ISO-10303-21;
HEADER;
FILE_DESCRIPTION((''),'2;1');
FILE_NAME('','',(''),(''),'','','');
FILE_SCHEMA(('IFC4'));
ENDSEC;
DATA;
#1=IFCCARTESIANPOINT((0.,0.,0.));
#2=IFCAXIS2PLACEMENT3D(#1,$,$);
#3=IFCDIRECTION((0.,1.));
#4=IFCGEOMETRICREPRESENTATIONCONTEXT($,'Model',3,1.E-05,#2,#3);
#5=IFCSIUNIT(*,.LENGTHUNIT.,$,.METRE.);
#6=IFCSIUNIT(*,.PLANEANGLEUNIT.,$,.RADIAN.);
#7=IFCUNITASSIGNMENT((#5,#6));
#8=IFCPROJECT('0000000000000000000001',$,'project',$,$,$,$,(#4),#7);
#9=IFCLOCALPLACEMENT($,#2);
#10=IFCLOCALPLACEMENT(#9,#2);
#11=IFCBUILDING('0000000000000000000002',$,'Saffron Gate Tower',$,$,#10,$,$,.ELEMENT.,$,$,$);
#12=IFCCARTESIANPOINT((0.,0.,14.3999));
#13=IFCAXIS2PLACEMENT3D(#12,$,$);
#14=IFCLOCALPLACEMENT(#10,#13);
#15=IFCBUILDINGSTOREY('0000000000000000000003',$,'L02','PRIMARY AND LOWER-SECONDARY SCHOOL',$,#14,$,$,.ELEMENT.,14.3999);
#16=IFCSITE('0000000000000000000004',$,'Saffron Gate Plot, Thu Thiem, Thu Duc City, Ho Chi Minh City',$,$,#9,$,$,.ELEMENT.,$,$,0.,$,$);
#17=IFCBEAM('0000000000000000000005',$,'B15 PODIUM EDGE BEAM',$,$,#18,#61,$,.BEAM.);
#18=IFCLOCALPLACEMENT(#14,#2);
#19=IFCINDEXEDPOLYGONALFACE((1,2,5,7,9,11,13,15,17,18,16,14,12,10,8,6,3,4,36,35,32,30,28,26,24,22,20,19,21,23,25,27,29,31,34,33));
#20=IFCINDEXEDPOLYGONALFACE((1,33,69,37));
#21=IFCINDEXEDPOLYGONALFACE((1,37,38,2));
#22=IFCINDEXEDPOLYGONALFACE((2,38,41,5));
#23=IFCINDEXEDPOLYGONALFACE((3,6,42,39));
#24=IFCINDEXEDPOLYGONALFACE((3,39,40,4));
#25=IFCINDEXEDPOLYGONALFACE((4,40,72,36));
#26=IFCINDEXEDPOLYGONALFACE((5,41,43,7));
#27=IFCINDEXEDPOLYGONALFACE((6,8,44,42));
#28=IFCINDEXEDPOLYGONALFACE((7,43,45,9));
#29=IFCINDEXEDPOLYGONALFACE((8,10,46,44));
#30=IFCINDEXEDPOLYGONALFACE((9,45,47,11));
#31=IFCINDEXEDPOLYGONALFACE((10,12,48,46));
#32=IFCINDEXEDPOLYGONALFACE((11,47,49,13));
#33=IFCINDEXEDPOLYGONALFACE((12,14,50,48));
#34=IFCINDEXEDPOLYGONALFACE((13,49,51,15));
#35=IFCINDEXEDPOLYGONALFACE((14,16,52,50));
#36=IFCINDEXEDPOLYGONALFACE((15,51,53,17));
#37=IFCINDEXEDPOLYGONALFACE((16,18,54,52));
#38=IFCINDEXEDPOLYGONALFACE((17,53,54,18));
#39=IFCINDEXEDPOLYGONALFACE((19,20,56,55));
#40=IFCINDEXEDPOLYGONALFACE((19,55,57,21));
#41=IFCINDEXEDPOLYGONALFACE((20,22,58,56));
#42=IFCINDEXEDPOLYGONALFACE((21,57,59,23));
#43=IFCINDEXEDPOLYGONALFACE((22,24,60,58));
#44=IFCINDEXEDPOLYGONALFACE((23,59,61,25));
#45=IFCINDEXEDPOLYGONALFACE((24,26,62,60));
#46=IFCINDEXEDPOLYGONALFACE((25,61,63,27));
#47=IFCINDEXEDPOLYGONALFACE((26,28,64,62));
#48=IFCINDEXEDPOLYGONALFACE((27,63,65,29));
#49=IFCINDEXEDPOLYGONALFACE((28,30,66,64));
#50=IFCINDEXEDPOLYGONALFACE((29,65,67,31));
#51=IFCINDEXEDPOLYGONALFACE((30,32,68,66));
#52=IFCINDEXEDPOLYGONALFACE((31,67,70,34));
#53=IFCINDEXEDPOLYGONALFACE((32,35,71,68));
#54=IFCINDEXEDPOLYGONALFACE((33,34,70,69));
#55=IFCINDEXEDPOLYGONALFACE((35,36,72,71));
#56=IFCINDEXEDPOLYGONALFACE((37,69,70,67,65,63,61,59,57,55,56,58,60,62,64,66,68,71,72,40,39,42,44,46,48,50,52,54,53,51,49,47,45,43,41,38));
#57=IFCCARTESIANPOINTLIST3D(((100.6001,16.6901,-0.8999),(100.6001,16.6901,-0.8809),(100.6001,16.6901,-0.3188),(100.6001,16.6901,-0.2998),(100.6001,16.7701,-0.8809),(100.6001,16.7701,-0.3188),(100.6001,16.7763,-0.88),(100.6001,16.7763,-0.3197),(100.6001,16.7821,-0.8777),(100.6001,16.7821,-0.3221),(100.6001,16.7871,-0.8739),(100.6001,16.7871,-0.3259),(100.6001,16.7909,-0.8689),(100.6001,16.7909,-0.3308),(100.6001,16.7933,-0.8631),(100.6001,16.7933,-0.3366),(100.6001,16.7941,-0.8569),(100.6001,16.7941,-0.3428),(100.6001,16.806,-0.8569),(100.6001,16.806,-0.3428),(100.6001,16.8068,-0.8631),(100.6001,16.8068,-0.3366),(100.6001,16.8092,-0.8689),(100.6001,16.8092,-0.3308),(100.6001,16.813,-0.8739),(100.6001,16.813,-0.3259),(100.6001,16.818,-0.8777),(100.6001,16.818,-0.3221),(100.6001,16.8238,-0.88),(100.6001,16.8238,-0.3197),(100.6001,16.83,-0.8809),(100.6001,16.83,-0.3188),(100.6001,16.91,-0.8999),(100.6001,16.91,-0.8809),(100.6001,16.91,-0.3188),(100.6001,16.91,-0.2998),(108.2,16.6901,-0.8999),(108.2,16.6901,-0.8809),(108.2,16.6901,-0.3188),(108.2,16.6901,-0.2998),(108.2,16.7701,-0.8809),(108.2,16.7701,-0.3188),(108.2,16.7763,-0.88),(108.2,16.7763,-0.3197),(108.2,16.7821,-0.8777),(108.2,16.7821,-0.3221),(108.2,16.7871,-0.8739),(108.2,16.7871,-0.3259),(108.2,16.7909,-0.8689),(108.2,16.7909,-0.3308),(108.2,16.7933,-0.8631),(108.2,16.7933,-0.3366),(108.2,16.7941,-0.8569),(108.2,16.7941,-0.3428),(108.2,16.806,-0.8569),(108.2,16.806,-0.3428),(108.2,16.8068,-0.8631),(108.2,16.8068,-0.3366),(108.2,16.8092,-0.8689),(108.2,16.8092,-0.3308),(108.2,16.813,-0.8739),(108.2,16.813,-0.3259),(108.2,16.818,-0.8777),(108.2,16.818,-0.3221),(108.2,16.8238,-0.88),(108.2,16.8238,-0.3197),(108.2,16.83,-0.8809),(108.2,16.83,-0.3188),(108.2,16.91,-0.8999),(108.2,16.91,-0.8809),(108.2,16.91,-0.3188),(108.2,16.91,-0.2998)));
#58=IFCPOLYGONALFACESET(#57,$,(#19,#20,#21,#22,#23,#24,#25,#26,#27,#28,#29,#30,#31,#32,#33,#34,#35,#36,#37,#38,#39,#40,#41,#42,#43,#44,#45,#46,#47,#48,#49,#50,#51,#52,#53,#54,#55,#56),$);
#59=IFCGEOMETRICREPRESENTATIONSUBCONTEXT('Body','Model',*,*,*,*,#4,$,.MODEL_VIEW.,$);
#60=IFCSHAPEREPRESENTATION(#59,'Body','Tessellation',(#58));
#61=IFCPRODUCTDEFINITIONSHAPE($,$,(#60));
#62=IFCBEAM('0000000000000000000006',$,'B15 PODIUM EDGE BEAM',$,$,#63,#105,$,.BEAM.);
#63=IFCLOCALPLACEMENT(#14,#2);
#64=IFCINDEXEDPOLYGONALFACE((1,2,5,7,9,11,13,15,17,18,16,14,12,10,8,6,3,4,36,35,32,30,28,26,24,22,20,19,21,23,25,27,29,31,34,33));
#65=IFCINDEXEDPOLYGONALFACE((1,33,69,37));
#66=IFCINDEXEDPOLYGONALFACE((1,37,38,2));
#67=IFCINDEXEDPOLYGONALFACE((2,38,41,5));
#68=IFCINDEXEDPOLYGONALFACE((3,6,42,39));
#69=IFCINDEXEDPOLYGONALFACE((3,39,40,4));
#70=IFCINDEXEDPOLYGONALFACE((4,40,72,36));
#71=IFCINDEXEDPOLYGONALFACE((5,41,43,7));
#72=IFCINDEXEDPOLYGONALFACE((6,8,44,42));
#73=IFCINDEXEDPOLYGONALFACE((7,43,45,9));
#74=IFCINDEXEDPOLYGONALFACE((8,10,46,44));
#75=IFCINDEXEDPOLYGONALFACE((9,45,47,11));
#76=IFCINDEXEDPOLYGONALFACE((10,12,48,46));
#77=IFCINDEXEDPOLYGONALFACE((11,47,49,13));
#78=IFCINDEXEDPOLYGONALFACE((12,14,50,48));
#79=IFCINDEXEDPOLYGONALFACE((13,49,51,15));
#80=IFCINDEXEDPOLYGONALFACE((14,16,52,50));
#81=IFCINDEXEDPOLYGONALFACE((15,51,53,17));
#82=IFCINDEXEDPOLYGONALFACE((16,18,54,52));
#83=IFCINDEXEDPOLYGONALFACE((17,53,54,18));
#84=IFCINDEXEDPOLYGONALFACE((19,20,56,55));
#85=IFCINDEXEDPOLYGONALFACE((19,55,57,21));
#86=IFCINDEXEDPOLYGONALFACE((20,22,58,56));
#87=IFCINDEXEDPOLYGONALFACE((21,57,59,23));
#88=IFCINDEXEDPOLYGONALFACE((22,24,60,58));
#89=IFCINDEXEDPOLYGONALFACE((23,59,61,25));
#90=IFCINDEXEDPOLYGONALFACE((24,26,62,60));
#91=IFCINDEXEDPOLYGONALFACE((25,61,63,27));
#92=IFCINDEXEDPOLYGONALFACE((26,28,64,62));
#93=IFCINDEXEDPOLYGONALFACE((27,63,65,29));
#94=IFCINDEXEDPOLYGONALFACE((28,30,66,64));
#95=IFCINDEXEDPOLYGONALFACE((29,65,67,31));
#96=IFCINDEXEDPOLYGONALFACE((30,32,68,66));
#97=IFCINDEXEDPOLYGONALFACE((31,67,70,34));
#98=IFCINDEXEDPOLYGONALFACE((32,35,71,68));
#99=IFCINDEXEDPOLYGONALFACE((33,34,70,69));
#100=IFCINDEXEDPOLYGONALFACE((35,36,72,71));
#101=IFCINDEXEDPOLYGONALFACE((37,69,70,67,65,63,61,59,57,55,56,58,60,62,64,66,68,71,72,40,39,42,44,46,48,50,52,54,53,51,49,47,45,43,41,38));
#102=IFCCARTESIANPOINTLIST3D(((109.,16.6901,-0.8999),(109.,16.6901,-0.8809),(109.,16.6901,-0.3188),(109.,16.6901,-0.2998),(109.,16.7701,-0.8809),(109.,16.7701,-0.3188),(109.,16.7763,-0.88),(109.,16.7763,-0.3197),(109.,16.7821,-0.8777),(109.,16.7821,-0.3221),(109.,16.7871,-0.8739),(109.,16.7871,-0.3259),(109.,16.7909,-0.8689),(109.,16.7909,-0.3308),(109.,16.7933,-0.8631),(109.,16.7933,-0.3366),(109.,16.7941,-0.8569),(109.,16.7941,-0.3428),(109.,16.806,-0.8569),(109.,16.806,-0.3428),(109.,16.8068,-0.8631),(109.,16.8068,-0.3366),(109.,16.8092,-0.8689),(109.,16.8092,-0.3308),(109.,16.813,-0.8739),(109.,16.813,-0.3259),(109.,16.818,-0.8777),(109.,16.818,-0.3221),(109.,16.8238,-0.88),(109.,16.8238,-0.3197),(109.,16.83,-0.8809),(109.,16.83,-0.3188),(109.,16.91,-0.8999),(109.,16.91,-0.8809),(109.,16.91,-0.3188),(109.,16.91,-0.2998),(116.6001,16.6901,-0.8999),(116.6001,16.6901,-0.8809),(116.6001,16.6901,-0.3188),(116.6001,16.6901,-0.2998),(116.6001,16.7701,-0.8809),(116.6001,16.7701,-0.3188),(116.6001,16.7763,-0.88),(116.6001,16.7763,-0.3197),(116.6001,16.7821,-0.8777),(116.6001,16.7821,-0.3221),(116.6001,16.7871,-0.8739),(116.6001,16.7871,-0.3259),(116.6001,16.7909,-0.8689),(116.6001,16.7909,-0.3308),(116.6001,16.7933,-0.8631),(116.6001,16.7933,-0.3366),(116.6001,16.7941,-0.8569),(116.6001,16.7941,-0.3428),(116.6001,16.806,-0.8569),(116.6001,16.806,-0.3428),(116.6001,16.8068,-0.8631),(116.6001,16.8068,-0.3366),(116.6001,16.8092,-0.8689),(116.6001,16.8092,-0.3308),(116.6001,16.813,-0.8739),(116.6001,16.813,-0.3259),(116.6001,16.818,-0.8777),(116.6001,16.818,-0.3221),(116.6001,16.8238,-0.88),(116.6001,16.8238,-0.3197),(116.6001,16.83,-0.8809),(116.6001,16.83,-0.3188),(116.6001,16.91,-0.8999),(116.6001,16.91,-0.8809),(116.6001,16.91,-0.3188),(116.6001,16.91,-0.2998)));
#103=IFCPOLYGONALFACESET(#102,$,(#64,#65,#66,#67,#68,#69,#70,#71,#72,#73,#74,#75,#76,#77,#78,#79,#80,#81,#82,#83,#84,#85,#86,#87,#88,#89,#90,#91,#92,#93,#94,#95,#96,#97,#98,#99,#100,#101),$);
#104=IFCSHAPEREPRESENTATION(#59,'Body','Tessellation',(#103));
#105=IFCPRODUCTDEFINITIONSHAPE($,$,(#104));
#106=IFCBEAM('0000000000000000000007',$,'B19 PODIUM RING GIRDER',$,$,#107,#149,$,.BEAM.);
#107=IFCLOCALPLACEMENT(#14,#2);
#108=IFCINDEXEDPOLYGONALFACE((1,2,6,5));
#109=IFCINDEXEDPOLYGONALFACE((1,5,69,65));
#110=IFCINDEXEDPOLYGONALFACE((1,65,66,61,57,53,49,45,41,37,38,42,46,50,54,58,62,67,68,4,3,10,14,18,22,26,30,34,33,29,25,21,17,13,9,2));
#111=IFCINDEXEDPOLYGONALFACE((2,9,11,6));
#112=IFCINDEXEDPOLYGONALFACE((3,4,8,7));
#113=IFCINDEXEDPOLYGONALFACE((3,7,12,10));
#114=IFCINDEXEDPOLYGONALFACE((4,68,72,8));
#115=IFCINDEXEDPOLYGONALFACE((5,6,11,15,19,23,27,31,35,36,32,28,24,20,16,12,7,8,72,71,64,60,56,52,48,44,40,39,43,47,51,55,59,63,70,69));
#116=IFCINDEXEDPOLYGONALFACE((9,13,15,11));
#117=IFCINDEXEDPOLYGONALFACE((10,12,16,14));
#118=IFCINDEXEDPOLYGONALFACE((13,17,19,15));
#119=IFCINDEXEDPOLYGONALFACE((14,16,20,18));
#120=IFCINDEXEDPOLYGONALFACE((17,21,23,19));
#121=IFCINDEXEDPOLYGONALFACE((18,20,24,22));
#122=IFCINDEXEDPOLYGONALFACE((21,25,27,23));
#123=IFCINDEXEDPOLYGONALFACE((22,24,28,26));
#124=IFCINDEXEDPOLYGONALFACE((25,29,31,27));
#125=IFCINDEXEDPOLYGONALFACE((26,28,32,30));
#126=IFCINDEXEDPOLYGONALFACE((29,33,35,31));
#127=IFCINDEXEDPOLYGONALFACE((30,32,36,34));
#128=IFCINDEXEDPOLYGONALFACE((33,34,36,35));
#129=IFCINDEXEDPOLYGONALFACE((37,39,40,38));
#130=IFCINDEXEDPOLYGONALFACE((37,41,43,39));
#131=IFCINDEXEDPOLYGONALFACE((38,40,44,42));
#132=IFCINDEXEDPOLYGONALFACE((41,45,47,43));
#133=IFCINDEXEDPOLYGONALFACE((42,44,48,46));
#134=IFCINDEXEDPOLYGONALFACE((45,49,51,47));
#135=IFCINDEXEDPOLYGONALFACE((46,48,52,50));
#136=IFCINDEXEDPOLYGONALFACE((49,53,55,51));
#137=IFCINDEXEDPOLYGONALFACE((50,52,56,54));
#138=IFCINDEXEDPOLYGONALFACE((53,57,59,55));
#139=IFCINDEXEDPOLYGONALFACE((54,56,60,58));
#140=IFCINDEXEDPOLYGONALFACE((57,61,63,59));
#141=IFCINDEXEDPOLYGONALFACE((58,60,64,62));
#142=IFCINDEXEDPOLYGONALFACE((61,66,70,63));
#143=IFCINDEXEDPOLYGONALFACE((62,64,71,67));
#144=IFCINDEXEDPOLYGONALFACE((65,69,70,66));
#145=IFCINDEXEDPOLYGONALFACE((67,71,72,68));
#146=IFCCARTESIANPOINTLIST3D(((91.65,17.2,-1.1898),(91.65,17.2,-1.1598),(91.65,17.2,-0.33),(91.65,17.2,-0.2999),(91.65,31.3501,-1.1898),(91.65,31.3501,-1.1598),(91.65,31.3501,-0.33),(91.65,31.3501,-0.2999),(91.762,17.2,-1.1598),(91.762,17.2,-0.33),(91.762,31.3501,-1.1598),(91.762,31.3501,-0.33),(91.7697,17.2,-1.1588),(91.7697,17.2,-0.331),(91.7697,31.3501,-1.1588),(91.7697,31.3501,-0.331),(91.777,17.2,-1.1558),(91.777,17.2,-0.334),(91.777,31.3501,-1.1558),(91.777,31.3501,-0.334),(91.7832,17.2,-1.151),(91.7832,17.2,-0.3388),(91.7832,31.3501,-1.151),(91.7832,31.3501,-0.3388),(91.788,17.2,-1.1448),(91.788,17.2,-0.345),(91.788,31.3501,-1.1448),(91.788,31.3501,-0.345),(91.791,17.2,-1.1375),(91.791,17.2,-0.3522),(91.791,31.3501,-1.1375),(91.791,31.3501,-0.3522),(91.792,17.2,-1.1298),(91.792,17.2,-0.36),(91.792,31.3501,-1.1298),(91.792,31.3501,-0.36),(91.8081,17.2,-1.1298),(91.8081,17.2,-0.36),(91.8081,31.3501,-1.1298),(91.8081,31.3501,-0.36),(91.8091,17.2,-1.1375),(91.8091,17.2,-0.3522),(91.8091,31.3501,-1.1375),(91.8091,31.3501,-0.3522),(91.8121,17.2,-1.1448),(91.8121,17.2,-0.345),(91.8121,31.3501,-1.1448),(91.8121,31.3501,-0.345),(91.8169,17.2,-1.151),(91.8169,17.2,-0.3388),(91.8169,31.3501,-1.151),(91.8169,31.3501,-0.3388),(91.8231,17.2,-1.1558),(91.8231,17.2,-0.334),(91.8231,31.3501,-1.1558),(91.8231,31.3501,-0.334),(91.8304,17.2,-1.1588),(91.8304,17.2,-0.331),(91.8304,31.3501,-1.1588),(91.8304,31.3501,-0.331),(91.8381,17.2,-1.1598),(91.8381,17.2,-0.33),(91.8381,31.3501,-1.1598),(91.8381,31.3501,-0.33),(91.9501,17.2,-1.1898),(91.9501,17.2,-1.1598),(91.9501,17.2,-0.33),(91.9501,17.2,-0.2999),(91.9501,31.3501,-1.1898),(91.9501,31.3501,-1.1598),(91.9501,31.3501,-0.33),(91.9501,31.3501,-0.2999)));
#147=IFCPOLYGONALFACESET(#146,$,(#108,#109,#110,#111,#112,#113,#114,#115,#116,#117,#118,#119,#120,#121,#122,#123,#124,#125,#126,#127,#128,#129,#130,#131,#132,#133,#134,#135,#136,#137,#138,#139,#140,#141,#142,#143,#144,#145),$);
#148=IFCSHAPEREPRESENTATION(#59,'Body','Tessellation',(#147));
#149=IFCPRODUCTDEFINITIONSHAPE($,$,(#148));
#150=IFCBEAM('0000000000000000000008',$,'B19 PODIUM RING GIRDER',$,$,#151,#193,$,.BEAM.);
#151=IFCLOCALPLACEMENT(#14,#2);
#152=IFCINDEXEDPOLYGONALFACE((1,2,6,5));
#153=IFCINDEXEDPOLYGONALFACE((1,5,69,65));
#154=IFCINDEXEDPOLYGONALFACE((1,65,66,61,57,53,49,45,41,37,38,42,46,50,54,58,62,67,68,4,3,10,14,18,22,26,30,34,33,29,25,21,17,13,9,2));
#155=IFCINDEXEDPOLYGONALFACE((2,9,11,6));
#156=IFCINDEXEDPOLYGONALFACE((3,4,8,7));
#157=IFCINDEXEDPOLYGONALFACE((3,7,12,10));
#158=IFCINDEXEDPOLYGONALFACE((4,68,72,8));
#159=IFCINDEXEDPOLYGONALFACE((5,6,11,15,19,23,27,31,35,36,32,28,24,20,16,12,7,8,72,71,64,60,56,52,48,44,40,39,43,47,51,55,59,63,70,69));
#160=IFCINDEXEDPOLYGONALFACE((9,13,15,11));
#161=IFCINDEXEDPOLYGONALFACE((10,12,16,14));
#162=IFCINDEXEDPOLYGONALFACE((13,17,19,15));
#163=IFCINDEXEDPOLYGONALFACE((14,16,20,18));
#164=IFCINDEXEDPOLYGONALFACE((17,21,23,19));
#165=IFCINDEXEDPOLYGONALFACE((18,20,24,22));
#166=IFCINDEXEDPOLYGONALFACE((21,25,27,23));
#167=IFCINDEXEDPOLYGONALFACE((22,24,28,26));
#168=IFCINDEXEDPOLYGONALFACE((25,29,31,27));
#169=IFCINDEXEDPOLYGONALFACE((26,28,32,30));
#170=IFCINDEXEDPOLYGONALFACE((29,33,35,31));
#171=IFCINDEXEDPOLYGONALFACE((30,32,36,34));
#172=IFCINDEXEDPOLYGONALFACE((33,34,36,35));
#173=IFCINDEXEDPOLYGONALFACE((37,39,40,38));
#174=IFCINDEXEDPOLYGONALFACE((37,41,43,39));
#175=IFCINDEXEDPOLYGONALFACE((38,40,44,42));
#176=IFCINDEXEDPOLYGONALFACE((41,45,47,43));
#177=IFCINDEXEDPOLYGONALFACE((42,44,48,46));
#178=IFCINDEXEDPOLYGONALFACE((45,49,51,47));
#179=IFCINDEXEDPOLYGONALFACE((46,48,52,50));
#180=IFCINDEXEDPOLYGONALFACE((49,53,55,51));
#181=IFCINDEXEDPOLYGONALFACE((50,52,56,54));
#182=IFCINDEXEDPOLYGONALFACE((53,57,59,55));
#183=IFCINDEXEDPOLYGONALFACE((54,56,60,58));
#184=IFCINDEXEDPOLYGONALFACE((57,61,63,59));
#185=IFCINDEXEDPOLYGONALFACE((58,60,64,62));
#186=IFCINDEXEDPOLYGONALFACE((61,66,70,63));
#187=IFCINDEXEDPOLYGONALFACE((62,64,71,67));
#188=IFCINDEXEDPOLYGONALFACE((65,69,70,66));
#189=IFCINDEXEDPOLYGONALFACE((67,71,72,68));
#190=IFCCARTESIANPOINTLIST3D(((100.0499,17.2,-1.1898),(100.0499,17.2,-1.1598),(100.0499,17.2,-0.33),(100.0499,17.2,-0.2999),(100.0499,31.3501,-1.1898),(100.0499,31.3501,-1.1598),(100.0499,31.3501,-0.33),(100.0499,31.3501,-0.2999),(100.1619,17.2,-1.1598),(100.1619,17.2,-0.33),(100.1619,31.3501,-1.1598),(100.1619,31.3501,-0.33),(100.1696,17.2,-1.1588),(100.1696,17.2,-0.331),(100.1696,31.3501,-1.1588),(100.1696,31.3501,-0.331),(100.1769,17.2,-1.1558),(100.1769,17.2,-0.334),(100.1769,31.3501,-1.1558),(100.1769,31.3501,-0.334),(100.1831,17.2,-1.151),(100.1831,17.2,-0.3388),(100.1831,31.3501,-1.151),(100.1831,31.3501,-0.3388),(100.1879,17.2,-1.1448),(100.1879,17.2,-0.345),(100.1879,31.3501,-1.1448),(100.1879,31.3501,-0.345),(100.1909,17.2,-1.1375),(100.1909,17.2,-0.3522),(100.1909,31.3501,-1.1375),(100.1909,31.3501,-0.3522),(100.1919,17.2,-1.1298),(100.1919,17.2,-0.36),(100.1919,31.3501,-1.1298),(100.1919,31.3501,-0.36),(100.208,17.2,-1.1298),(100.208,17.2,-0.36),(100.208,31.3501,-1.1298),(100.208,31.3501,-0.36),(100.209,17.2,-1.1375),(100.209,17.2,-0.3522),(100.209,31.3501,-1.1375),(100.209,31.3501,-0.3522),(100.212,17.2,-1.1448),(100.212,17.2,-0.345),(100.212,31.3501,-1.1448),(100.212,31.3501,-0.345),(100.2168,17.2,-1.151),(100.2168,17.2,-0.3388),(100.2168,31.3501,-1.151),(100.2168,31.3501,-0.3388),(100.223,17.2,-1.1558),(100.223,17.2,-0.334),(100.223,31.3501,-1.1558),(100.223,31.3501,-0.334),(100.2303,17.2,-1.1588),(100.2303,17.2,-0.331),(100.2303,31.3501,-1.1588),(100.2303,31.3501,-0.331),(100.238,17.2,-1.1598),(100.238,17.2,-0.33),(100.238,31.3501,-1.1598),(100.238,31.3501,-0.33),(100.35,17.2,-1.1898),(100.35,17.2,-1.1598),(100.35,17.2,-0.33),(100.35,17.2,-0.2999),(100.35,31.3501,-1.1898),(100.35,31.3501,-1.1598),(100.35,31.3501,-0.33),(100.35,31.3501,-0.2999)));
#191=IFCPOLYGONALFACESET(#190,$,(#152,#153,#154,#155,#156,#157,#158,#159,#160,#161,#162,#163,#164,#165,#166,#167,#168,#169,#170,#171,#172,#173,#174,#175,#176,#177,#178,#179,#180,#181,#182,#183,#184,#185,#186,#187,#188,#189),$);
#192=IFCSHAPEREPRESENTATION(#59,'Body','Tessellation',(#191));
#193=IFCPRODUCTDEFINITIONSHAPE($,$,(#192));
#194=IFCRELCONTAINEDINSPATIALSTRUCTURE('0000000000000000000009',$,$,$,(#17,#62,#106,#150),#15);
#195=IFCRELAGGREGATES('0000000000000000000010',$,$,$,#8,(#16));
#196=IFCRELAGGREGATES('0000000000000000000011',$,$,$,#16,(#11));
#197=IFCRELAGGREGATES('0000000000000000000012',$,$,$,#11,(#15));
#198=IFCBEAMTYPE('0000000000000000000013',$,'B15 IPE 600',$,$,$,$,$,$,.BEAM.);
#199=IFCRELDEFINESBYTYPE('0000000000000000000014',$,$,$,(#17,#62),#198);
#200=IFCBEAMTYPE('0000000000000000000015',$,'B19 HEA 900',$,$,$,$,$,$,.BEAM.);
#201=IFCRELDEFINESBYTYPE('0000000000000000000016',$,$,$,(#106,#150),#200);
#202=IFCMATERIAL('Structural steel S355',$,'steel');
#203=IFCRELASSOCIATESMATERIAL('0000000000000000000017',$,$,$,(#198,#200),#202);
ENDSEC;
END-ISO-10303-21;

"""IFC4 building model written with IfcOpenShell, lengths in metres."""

from ifc_helpers import new_model, si_unit, direction, frame, origin, origin_2d, place, context, subcontext, project, spatial, i_section, extrude, material, material_profile, profile_set, type_object, element, save


model = new_model("IFC4")

# Units and contexts
model_context = context("Model", 3, precision=1e-05, world=origin(), true_north=direction((0.0, 1.0)))
body_context = subcontext(model_context, "Body", "Model", "MODEL_VIEW")
ifc_project = project(units=[si_unit("LENGTHUNIT", "METRE"), si_unit("PLANEANGLEUNIT", "RADIAN")], contexts=[model_context])

# Site, building, storey
site_placement = place(None, origin())
site = spatial("IfcSite", under=ifc_project, at=site_placement, Name="Saffron Gate Plot, Thu Thiem, Thu Duc City, Ho Chi Minh City", CompositionType="ELEMENT", RefElevation=0.0)
building_placement = place(site_placement, origin())
building = spatial("IfcBuilding", under=site, at=building_placement, Name="Saffron Gate Tower", CompositionType="ELEMENT")
storey_placement = place(building_placement, frame((0.0, 0.0, 14.3999)))
storey = spatial("IfcBuildingStorey", under=building, at=storey_placement, Name="L02", Description="PRIMARY AND LOWER-SECONDARY SCHOOL", CompositionType="ELEMENT", Elevation=14.3999)

# Beams
ifc_material_1 = material(Name="Structural steel S355", Category="steel")
ifc_material_profile_1 = material_profile(ifc_material_1, i_section(OverallWidth=0.22, OverallDepth=0.6001, WebThickness=0.012, FlangeThickness=0.019, FilletRadius=0.0239, at=origin_2d()))
ifc_profile_set_1 = profile_set([ifc_material_profile_1], Name="Structural steel S355")
beam_type_1 = type_object("IfcBeamType", Name="B15 IPE 600", PredefinedType="BEAM", material=ifc_profile_set_1)
beam_1_placement = place(storey_placement, frame((100.6001, 16.8, -0.5999), z_axis=(1.0, 0.0, 0.0), x_axis=(0.0, 1.0, 0.0)))
element("IfcBeam", 1, at=beam_1_placement, inside=storey, type_object=beam_type_1, Name="B15 PODIUM EDGE BEAM", PredefinedType="BEAM", context=body_context, shape_type="SweptSolid", body=[
    extrude(i_section(OverallWidth=0.22, OverallDepth=0.6001, WebThickness=0.012, FlangeThickness=0.019, FilletRadius=0.0239, at=origin_2d()), origin(), (0.0, 0.0, 1.0), 7.5999),
])
beam_2_placement = place(storey_placement, frame((109.0, 16.8, -0.5999), z_axis=(1.0, 0.0, 0.0), x_axis=(0.0, 1.0, 0.0)))
element("IfcBeam", 2, at=beam_2_placement, inside=storey, type_object=beam_type_1, Name="B15 PODIUM EDGE BEAM", PredefinedType="BEAM", context=body_context, shape_type="SweptSolid", body=[
    extrude(i_section(OverallWidth=0.22, OverallDepth=0.6001, WebThickness=0.012, FlangeThickness=0.019, FilletRadius=0.0239, at=origin_2d()), origin(), (0.0, 0.0, 1.0), 7.6001),
])
ifc_material_profile_2 = material_profile(ifc_material_1, i_section(OverallWidth=0.3, OverallDepth=0.8899, WebThickness=0.0161, FlangeThickness=0.03, FilletRadius=0.03, at=origin_2d()))
ifc_profile_set_2 = profile_set([ifc_material_profile_2], Name="Structural steel S355")
beam_type_2 = type_object("IfcBeamType", Name="B19 HEA 900", PredefinedType="BEAM", material=ifc_profile_set_2)
for number, where, z_axis, x_axis, name in (
    (3, (91.8, 17.2, -0.7449), (0.0, 1.0, 0.0), (-1.0, 0.0, 0.0), "B19 PODIUM RING GIRDER"),
    (4, (100.2, 17.2, -0.7449), (0.0, 1.0, 0.0), (-1.0, 0.0, 0.0), "B19 PODIUM RING GIRDER"),
):
    element("IfcBeam", number, at=place(storey_placement, frame(where, z_axis=z_axis, x_axis=x_axis)), inside=storey, type_object=beam_type_2, Name=name, PredefinedType="BEAM", context=body_context, shape_type="SweptSolid", body=[
        extrude(i_section(OverallWidth=0.3, OverallDepth=0.8899, WebThickness=0.0161, FlangeThickness=0.03, FilletRadius=0.03, at=origin_2d()), origin(), (0.0, 0.0, 1.0), 14.1501),
    ])

save(model, "model.ifc")
